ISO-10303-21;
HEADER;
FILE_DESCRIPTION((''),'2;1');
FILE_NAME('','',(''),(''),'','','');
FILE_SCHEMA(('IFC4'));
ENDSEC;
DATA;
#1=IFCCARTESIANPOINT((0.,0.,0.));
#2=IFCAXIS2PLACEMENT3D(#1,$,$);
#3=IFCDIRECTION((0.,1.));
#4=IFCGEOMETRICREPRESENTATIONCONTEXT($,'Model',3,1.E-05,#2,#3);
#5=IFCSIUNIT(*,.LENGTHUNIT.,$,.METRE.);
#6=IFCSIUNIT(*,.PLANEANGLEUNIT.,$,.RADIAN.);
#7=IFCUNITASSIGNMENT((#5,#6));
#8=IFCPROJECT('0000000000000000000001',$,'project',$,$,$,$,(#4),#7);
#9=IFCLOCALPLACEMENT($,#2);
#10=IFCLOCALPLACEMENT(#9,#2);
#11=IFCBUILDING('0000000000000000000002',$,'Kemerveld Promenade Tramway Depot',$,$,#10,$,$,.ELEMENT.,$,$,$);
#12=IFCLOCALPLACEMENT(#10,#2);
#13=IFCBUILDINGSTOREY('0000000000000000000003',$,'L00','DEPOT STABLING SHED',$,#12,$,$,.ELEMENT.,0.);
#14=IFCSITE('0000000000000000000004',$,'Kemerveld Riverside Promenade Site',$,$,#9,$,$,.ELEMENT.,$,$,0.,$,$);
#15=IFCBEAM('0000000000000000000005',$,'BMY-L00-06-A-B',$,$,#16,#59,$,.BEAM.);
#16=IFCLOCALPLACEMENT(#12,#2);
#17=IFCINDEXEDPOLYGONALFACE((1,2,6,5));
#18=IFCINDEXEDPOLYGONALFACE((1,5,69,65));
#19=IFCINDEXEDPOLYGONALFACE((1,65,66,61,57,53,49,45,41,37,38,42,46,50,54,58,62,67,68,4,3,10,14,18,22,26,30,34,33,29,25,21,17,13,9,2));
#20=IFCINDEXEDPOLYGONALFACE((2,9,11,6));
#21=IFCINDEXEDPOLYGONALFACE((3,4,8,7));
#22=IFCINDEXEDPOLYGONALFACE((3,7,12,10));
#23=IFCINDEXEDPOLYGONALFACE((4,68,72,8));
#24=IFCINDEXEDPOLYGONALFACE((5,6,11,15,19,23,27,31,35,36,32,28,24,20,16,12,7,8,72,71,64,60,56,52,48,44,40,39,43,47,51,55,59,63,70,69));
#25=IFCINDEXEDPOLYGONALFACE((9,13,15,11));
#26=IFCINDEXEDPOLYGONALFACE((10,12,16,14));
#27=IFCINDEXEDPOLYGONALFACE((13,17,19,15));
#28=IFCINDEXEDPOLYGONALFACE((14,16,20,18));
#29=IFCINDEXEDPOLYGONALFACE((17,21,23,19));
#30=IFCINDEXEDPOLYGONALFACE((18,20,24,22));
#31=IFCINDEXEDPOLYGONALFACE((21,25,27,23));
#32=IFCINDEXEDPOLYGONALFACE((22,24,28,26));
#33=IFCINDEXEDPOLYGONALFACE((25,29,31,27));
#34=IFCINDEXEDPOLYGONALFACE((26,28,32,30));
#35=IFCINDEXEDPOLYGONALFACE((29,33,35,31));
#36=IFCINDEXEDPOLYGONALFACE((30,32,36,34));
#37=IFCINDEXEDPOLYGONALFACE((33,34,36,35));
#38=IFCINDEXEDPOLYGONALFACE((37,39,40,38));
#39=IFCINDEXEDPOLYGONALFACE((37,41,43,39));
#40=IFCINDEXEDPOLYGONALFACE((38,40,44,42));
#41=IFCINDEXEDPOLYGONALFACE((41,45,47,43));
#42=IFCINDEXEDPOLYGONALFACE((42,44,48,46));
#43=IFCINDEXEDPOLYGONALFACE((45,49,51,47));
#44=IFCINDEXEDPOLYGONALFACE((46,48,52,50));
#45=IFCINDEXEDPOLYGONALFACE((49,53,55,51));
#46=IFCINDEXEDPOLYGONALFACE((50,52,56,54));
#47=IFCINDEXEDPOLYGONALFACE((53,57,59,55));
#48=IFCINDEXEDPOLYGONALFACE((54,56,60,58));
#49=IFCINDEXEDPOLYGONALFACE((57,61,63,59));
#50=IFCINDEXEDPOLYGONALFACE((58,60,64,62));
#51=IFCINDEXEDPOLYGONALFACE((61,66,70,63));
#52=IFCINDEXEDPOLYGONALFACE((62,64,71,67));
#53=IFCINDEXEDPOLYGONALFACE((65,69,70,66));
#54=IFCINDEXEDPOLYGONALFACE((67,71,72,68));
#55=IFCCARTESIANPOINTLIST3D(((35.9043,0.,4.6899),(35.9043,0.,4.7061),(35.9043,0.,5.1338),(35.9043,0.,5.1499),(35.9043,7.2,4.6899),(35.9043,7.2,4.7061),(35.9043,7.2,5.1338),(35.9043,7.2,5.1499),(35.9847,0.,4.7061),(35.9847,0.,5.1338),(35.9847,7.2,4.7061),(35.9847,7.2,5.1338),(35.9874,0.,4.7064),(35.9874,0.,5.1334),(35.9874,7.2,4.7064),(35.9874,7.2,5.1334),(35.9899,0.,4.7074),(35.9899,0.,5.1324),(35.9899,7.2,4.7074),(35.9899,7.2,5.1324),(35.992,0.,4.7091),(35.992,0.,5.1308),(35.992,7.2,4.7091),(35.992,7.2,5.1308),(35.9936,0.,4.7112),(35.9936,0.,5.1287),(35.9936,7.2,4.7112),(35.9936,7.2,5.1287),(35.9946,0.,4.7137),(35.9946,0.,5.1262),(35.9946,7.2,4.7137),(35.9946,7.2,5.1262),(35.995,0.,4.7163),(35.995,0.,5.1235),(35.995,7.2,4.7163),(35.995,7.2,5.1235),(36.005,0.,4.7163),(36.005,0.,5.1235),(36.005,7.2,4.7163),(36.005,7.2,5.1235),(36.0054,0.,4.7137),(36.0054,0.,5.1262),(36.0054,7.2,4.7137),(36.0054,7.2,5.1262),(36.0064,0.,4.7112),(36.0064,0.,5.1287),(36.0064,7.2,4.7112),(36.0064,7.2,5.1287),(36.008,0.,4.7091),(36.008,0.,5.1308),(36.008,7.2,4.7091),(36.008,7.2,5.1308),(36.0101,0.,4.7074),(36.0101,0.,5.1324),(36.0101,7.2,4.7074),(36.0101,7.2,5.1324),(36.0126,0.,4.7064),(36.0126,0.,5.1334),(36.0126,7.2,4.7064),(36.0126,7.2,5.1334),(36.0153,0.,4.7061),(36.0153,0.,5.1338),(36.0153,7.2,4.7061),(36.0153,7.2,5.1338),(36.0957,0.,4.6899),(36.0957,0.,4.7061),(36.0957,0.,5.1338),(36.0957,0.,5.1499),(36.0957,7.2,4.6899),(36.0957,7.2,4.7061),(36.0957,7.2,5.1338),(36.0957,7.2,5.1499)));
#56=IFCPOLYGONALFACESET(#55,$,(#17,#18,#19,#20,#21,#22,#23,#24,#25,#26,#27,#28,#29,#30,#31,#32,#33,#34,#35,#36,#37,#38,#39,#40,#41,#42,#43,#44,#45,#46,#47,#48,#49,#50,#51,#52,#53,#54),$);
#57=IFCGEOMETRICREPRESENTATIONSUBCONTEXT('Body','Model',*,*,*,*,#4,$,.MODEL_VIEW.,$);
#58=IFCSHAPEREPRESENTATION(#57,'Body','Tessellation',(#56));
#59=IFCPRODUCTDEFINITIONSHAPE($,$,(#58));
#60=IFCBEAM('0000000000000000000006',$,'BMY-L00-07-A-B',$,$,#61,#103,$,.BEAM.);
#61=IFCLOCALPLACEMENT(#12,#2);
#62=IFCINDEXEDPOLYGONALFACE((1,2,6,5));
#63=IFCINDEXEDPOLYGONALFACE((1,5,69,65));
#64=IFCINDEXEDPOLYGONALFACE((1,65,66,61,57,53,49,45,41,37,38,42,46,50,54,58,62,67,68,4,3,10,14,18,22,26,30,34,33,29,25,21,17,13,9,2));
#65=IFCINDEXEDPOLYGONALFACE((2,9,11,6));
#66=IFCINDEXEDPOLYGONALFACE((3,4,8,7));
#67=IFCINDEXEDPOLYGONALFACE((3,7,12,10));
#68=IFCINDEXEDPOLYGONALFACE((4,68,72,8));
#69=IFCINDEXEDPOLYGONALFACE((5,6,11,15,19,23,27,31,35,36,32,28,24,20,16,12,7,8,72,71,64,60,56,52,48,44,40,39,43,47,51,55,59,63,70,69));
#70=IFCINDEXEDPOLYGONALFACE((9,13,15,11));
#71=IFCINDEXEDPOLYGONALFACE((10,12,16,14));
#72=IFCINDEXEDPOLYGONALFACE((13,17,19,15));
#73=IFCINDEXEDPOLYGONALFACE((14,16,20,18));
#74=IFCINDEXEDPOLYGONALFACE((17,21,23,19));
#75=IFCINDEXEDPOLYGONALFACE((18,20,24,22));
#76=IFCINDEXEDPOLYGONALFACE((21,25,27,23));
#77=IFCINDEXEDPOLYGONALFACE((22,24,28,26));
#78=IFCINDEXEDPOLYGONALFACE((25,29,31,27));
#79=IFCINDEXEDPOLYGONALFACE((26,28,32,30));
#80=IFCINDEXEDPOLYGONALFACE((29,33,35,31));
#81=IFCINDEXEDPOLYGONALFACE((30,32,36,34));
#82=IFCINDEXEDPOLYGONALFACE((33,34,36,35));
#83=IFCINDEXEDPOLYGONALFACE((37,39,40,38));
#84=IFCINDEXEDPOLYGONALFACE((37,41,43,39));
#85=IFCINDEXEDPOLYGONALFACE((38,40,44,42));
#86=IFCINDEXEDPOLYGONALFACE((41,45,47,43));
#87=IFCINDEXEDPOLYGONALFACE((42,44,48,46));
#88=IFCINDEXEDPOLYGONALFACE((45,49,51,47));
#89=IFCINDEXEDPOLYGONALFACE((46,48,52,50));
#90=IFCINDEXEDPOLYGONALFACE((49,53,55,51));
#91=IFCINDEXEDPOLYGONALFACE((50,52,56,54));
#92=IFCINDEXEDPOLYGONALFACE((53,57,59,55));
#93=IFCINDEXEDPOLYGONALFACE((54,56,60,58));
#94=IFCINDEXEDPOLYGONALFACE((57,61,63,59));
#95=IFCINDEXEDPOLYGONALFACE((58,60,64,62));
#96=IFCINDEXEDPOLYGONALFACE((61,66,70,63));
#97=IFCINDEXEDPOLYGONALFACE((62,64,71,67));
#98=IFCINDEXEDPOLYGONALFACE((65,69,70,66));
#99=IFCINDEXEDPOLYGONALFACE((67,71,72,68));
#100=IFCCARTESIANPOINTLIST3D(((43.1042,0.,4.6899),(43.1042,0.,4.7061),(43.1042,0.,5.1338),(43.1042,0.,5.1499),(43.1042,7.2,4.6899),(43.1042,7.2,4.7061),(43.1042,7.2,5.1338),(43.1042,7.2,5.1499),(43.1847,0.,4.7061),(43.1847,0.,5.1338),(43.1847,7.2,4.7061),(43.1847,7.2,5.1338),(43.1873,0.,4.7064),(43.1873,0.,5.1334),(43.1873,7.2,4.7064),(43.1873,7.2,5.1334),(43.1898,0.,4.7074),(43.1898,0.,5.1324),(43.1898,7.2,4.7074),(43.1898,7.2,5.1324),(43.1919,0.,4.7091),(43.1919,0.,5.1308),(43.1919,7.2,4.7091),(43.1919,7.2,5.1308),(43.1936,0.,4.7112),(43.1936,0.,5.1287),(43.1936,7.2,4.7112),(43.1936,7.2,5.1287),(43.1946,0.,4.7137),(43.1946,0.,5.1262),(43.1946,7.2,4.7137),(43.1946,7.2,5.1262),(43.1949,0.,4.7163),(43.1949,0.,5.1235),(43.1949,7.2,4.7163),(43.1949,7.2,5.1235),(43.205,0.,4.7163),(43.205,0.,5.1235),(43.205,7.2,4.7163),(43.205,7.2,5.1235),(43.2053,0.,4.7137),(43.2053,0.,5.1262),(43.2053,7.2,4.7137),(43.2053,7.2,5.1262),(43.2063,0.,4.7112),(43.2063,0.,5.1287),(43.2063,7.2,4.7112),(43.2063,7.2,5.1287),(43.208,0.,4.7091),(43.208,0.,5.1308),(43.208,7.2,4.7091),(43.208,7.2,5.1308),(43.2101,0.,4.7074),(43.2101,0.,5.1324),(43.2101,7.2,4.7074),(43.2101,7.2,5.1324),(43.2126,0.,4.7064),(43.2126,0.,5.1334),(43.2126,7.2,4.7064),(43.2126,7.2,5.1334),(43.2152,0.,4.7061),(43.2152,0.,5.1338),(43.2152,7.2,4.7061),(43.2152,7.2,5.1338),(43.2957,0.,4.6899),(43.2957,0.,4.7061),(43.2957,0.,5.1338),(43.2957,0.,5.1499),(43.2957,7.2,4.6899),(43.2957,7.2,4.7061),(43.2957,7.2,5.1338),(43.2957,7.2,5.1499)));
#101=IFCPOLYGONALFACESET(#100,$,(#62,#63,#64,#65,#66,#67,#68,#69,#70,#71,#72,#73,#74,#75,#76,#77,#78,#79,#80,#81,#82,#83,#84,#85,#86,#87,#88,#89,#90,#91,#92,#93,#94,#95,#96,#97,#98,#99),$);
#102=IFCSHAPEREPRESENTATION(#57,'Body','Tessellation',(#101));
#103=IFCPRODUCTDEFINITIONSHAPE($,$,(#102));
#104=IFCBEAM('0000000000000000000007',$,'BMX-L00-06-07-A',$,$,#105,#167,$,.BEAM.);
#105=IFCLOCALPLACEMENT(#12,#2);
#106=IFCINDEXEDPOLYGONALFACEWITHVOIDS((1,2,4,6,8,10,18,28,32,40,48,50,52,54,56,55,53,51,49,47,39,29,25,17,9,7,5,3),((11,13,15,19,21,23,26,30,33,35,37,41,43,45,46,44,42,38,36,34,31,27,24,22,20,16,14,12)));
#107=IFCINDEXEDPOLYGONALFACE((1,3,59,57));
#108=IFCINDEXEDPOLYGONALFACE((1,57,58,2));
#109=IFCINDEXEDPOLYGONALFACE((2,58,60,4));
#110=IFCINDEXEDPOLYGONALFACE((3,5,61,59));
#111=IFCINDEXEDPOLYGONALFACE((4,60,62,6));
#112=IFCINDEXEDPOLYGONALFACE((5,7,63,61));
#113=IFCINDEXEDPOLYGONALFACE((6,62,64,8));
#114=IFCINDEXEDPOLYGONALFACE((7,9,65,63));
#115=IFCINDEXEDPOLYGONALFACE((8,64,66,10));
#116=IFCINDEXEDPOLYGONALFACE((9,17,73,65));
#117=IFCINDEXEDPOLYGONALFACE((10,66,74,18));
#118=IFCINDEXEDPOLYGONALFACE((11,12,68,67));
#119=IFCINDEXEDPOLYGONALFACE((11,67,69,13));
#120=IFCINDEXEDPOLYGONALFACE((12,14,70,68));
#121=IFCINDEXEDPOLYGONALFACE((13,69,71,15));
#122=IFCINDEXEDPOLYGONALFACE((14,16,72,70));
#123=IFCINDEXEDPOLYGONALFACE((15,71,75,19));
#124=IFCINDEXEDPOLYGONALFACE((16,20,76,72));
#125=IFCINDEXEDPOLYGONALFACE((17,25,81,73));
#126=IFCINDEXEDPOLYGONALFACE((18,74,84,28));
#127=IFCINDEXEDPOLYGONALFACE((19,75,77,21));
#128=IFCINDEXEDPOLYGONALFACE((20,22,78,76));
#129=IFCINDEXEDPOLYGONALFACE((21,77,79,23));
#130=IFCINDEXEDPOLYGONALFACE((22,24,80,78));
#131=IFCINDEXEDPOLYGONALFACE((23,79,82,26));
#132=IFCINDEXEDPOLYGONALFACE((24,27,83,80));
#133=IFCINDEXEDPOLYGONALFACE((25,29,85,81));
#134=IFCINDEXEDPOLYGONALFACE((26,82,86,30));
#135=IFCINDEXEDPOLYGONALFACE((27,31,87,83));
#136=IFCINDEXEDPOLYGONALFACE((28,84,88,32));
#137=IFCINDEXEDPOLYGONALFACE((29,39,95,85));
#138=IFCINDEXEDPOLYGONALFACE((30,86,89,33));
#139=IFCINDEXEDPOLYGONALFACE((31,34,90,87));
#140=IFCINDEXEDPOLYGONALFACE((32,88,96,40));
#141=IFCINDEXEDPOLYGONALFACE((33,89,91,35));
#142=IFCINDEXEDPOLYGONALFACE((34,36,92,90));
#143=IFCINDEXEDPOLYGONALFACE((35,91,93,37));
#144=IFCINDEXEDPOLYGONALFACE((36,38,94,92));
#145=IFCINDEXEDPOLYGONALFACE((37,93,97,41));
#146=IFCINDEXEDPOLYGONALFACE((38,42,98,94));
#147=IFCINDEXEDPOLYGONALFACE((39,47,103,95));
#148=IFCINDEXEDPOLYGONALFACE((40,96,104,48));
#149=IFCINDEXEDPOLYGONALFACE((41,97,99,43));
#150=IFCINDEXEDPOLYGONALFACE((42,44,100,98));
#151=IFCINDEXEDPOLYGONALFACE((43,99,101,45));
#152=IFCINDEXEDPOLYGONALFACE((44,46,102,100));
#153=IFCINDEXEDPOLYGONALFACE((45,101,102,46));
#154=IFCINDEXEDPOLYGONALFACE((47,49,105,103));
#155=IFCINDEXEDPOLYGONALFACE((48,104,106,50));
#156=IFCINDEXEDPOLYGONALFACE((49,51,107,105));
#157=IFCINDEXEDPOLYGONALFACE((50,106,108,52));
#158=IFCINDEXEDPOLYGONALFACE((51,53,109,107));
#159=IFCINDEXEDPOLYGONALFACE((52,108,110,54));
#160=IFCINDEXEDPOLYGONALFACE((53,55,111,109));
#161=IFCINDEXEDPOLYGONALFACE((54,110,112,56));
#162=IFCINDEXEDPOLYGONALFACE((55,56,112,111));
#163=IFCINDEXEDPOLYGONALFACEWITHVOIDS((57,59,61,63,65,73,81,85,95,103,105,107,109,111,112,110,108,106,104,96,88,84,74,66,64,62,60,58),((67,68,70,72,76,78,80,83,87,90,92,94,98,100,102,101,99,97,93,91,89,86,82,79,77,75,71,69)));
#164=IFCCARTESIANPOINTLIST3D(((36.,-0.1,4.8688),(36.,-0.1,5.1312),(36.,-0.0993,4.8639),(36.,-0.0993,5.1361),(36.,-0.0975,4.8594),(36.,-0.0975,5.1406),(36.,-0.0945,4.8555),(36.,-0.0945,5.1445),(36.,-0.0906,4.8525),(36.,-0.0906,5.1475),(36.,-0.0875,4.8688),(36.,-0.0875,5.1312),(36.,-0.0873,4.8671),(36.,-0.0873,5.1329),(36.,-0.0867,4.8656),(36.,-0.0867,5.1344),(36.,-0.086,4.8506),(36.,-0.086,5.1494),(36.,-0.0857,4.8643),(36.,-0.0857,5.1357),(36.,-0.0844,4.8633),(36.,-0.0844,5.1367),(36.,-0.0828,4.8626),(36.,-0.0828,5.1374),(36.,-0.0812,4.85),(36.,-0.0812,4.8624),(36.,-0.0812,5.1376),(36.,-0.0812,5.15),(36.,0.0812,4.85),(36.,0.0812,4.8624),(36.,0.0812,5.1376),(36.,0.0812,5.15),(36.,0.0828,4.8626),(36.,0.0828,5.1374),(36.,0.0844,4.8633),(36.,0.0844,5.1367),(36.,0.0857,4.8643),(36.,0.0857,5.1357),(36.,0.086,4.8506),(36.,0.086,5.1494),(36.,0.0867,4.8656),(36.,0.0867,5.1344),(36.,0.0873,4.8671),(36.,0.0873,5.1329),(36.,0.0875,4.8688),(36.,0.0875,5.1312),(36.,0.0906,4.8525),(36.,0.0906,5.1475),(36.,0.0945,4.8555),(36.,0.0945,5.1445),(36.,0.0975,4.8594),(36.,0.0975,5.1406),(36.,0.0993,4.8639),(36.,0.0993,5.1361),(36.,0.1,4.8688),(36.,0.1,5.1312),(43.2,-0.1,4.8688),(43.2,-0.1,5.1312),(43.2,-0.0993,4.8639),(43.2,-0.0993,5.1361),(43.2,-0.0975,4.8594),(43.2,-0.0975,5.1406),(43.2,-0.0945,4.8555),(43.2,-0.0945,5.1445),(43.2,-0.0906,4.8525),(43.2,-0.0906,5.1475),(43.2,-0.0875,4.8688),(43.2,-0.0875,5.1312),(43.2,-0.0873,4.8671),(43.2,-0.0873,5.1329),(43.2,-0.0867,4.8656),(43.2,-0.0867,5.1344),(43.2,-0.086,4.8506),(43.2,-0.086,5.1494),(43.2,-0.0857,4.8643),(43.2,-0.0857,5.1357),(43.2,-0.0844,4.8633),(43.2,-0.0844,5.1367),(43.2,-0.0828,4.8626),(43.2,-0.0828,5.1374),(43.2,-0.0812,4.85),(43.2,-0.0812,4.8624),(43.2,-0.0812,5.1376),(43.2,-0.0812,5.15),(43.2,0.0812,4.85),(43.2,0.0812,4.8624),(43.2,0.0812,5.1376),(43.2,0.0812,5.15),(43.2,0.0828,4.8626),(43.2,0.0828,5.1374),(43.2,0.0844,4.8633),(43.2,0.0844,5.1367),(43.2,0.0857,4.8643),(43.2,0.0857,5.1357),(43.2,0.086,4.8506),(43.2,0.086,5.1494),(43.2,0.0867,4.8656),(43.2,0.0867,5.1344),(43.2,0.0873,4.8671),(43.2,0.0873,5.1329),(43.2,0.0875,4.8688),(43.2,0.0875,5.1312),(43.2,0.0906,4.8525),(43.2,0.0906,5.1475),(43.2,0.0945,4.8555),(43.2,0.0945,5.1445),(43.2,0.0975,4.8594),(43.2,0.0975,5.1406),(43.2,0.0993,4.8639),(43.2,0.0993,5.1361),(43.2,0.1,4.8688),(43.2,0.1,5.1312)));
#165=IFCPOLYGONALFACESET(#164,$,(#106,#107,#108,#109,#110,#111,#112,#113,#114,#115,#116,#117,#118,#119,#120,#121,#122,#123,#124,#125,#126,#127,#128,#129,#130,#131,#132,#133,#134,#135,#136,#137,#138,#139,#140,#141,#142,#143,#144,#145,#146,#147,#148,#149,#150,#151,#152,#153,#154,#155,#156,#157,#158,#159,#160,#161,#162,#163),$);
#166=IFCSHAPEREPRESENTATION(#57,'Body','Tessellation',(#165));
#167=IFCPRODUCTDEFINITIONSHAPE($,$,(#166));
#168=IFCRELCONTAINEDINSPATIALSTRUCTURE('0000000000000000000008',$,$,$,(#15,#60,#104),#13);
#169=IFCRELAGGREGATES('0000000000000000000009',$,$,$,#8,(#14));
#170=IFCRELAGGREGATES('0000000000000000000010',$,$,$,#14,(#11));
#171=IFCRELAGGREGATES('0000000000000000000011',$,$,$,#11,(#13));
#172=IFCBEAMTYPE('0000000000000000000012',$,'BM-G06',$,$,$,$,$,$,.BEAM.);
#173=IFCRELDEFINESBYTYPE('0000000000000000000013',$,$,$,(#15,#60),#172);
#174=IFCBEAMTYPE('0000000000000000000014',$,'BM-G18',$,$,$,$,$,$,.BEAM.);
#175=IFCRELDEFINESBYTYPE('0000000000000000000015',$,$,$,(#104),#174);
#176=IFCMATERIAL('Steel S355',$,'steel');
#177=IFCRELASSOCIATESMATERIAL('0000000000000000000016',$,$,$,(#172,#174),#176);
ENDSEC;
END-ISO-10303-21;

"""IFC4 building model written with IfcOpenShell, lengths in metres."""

from ifc_helpers import new_model, si_unit, direction, frame, origin, origin_2d, place, context, subcontext, project, spatial, hollow_rectangle, i_section, extrude, material, material_profile, profile_set, type_object, element, save


model = new_model("IFC4")

# Units and contexts
model_context = context("Model", 3, precision=1e-05, world=origin(), true_north=direction((0.0, 1.0)))
body_context = subcontext(model_context, "Body", "Model", "MODEL_VIEW")
ifc_project = project(units=[si_unit("LENGTHUNIT", "METRE"), si_unit("PLANEANGLEUNIT", "RADIAN")], contexts=[model_context])

# Site, building, storey
site_placement = place(None, origin())
site = spatial("IfcSite", under=ifc_project, at=site_placement, Name="Kemerveld Riverside Promenade Site", CompositionType="ELEMENT", RefElevation=0.0)
building_placement = place(site_placement, origin())
building = spatial("IfcBuilding", under=site, at=building_placement, Name="Kemerveld Promenade Tramway Depot", CompositionType="ELEMENT")
storey_placement = place(building_placement, origin())
storey = spatial("IfcBuildingStorey", under=building, at=storey_placement, Name="L00", Description="DEPOT STABLING SHED", CompositionType="ELEMENT", Elevation=0.0)

# Shared definitions
ifc_material_1 = material(Name="Steel S355", Category="steel")

# Beams
ifc_material_profile_1 = material_profile(ifc_material_1, i_section(OverallWidth=0.1914, OverallDepth=0.46, WebThickness=0.01, FlangeThickness=0.0161, FilletRadius=0.0103, at=origin_2d()), Name="457x191x82 UB")
ifc_profile_set_1 = profile_set([ifc_material_profile_1], Name="Steel S355")
beam_type_1 = type_object("IfcBeamType", Name="BM-G06", PredefinedType="BEAM", material=ifc_profile_set_1)
for number, where, z_axis, x_axis, name in (
    (1, (36.0, 0.0, 4.9199), (0.0, 1.0, 0.0), (-1.0, 0.0, 0.0), "BMY-L00-06-A-B"),
    (2, (43.2, 0.0, 4.9199), (0.0, 1.0, 0.0), (-1.0, 0.0, 0.0), "BMY-L00-07-A-B"),
):
    element("IfcBeam", number, at=place(storey_placement, frame(where, z_axis=z_axis, x_axis=x_axis)), inside=storey, type_object=beam_type_1, Name=name, PredefinedType="BEAM", context=body_context, shape_type="SweptSolid", body=[
        extrude(i_section(OverallWidth=0.1914, OverallDepth=0.46, WebThickness=0.01, FlangeThickness=0.0161, FilletRadius=0.0103, at=origin_2d()), origin(), (0.0, 0.0, 1.0), 7.2),
    ])
ifc_material_profile_2 = material_profile(ifc_material_1, hollow_rectangle(XDim=0.2, YDim=0.3, WallThickness=0.0125, InnerFilletRadius=0.0063, OuterFilletRadius=0.0188, at=origin_2d()), Name="300x200x12.5 RHS")
ifc_profile_set_2 = profile_set([ifc_material_profile_2], Name="Steel S355")
beam_type_2 = type_object("IfcBeamType", Name="BM-G18", PredefinedType="BEAM", material=ifc_profile_set_2)
beam_1_placement = place(storey_placement, frame((36.0, 0.0, 5.0), z_axis=(1.0, 0.0, 0.0), x_axis=(0.0, 1.0, 0.0)))
element("IfcBeam", 3, at=beam_1_placement, inside=storey, type_object=beam_type_2, Name="BMX-L00-06-07-A", PredefinedType="BEAM", context=body_context, shape_type="SweptSolid", body=[
    extrude(hollow_rectangle(XDim=0.2, YDim=0.3, WallThickness=0.0125, InnerFilletRadius=0.0063, OuterFilletRadius=0.0188, at=origin_2d()), origin(), (0.0, 0.0, 1.0), 7.2),
])

save(model, "model.ifc")
